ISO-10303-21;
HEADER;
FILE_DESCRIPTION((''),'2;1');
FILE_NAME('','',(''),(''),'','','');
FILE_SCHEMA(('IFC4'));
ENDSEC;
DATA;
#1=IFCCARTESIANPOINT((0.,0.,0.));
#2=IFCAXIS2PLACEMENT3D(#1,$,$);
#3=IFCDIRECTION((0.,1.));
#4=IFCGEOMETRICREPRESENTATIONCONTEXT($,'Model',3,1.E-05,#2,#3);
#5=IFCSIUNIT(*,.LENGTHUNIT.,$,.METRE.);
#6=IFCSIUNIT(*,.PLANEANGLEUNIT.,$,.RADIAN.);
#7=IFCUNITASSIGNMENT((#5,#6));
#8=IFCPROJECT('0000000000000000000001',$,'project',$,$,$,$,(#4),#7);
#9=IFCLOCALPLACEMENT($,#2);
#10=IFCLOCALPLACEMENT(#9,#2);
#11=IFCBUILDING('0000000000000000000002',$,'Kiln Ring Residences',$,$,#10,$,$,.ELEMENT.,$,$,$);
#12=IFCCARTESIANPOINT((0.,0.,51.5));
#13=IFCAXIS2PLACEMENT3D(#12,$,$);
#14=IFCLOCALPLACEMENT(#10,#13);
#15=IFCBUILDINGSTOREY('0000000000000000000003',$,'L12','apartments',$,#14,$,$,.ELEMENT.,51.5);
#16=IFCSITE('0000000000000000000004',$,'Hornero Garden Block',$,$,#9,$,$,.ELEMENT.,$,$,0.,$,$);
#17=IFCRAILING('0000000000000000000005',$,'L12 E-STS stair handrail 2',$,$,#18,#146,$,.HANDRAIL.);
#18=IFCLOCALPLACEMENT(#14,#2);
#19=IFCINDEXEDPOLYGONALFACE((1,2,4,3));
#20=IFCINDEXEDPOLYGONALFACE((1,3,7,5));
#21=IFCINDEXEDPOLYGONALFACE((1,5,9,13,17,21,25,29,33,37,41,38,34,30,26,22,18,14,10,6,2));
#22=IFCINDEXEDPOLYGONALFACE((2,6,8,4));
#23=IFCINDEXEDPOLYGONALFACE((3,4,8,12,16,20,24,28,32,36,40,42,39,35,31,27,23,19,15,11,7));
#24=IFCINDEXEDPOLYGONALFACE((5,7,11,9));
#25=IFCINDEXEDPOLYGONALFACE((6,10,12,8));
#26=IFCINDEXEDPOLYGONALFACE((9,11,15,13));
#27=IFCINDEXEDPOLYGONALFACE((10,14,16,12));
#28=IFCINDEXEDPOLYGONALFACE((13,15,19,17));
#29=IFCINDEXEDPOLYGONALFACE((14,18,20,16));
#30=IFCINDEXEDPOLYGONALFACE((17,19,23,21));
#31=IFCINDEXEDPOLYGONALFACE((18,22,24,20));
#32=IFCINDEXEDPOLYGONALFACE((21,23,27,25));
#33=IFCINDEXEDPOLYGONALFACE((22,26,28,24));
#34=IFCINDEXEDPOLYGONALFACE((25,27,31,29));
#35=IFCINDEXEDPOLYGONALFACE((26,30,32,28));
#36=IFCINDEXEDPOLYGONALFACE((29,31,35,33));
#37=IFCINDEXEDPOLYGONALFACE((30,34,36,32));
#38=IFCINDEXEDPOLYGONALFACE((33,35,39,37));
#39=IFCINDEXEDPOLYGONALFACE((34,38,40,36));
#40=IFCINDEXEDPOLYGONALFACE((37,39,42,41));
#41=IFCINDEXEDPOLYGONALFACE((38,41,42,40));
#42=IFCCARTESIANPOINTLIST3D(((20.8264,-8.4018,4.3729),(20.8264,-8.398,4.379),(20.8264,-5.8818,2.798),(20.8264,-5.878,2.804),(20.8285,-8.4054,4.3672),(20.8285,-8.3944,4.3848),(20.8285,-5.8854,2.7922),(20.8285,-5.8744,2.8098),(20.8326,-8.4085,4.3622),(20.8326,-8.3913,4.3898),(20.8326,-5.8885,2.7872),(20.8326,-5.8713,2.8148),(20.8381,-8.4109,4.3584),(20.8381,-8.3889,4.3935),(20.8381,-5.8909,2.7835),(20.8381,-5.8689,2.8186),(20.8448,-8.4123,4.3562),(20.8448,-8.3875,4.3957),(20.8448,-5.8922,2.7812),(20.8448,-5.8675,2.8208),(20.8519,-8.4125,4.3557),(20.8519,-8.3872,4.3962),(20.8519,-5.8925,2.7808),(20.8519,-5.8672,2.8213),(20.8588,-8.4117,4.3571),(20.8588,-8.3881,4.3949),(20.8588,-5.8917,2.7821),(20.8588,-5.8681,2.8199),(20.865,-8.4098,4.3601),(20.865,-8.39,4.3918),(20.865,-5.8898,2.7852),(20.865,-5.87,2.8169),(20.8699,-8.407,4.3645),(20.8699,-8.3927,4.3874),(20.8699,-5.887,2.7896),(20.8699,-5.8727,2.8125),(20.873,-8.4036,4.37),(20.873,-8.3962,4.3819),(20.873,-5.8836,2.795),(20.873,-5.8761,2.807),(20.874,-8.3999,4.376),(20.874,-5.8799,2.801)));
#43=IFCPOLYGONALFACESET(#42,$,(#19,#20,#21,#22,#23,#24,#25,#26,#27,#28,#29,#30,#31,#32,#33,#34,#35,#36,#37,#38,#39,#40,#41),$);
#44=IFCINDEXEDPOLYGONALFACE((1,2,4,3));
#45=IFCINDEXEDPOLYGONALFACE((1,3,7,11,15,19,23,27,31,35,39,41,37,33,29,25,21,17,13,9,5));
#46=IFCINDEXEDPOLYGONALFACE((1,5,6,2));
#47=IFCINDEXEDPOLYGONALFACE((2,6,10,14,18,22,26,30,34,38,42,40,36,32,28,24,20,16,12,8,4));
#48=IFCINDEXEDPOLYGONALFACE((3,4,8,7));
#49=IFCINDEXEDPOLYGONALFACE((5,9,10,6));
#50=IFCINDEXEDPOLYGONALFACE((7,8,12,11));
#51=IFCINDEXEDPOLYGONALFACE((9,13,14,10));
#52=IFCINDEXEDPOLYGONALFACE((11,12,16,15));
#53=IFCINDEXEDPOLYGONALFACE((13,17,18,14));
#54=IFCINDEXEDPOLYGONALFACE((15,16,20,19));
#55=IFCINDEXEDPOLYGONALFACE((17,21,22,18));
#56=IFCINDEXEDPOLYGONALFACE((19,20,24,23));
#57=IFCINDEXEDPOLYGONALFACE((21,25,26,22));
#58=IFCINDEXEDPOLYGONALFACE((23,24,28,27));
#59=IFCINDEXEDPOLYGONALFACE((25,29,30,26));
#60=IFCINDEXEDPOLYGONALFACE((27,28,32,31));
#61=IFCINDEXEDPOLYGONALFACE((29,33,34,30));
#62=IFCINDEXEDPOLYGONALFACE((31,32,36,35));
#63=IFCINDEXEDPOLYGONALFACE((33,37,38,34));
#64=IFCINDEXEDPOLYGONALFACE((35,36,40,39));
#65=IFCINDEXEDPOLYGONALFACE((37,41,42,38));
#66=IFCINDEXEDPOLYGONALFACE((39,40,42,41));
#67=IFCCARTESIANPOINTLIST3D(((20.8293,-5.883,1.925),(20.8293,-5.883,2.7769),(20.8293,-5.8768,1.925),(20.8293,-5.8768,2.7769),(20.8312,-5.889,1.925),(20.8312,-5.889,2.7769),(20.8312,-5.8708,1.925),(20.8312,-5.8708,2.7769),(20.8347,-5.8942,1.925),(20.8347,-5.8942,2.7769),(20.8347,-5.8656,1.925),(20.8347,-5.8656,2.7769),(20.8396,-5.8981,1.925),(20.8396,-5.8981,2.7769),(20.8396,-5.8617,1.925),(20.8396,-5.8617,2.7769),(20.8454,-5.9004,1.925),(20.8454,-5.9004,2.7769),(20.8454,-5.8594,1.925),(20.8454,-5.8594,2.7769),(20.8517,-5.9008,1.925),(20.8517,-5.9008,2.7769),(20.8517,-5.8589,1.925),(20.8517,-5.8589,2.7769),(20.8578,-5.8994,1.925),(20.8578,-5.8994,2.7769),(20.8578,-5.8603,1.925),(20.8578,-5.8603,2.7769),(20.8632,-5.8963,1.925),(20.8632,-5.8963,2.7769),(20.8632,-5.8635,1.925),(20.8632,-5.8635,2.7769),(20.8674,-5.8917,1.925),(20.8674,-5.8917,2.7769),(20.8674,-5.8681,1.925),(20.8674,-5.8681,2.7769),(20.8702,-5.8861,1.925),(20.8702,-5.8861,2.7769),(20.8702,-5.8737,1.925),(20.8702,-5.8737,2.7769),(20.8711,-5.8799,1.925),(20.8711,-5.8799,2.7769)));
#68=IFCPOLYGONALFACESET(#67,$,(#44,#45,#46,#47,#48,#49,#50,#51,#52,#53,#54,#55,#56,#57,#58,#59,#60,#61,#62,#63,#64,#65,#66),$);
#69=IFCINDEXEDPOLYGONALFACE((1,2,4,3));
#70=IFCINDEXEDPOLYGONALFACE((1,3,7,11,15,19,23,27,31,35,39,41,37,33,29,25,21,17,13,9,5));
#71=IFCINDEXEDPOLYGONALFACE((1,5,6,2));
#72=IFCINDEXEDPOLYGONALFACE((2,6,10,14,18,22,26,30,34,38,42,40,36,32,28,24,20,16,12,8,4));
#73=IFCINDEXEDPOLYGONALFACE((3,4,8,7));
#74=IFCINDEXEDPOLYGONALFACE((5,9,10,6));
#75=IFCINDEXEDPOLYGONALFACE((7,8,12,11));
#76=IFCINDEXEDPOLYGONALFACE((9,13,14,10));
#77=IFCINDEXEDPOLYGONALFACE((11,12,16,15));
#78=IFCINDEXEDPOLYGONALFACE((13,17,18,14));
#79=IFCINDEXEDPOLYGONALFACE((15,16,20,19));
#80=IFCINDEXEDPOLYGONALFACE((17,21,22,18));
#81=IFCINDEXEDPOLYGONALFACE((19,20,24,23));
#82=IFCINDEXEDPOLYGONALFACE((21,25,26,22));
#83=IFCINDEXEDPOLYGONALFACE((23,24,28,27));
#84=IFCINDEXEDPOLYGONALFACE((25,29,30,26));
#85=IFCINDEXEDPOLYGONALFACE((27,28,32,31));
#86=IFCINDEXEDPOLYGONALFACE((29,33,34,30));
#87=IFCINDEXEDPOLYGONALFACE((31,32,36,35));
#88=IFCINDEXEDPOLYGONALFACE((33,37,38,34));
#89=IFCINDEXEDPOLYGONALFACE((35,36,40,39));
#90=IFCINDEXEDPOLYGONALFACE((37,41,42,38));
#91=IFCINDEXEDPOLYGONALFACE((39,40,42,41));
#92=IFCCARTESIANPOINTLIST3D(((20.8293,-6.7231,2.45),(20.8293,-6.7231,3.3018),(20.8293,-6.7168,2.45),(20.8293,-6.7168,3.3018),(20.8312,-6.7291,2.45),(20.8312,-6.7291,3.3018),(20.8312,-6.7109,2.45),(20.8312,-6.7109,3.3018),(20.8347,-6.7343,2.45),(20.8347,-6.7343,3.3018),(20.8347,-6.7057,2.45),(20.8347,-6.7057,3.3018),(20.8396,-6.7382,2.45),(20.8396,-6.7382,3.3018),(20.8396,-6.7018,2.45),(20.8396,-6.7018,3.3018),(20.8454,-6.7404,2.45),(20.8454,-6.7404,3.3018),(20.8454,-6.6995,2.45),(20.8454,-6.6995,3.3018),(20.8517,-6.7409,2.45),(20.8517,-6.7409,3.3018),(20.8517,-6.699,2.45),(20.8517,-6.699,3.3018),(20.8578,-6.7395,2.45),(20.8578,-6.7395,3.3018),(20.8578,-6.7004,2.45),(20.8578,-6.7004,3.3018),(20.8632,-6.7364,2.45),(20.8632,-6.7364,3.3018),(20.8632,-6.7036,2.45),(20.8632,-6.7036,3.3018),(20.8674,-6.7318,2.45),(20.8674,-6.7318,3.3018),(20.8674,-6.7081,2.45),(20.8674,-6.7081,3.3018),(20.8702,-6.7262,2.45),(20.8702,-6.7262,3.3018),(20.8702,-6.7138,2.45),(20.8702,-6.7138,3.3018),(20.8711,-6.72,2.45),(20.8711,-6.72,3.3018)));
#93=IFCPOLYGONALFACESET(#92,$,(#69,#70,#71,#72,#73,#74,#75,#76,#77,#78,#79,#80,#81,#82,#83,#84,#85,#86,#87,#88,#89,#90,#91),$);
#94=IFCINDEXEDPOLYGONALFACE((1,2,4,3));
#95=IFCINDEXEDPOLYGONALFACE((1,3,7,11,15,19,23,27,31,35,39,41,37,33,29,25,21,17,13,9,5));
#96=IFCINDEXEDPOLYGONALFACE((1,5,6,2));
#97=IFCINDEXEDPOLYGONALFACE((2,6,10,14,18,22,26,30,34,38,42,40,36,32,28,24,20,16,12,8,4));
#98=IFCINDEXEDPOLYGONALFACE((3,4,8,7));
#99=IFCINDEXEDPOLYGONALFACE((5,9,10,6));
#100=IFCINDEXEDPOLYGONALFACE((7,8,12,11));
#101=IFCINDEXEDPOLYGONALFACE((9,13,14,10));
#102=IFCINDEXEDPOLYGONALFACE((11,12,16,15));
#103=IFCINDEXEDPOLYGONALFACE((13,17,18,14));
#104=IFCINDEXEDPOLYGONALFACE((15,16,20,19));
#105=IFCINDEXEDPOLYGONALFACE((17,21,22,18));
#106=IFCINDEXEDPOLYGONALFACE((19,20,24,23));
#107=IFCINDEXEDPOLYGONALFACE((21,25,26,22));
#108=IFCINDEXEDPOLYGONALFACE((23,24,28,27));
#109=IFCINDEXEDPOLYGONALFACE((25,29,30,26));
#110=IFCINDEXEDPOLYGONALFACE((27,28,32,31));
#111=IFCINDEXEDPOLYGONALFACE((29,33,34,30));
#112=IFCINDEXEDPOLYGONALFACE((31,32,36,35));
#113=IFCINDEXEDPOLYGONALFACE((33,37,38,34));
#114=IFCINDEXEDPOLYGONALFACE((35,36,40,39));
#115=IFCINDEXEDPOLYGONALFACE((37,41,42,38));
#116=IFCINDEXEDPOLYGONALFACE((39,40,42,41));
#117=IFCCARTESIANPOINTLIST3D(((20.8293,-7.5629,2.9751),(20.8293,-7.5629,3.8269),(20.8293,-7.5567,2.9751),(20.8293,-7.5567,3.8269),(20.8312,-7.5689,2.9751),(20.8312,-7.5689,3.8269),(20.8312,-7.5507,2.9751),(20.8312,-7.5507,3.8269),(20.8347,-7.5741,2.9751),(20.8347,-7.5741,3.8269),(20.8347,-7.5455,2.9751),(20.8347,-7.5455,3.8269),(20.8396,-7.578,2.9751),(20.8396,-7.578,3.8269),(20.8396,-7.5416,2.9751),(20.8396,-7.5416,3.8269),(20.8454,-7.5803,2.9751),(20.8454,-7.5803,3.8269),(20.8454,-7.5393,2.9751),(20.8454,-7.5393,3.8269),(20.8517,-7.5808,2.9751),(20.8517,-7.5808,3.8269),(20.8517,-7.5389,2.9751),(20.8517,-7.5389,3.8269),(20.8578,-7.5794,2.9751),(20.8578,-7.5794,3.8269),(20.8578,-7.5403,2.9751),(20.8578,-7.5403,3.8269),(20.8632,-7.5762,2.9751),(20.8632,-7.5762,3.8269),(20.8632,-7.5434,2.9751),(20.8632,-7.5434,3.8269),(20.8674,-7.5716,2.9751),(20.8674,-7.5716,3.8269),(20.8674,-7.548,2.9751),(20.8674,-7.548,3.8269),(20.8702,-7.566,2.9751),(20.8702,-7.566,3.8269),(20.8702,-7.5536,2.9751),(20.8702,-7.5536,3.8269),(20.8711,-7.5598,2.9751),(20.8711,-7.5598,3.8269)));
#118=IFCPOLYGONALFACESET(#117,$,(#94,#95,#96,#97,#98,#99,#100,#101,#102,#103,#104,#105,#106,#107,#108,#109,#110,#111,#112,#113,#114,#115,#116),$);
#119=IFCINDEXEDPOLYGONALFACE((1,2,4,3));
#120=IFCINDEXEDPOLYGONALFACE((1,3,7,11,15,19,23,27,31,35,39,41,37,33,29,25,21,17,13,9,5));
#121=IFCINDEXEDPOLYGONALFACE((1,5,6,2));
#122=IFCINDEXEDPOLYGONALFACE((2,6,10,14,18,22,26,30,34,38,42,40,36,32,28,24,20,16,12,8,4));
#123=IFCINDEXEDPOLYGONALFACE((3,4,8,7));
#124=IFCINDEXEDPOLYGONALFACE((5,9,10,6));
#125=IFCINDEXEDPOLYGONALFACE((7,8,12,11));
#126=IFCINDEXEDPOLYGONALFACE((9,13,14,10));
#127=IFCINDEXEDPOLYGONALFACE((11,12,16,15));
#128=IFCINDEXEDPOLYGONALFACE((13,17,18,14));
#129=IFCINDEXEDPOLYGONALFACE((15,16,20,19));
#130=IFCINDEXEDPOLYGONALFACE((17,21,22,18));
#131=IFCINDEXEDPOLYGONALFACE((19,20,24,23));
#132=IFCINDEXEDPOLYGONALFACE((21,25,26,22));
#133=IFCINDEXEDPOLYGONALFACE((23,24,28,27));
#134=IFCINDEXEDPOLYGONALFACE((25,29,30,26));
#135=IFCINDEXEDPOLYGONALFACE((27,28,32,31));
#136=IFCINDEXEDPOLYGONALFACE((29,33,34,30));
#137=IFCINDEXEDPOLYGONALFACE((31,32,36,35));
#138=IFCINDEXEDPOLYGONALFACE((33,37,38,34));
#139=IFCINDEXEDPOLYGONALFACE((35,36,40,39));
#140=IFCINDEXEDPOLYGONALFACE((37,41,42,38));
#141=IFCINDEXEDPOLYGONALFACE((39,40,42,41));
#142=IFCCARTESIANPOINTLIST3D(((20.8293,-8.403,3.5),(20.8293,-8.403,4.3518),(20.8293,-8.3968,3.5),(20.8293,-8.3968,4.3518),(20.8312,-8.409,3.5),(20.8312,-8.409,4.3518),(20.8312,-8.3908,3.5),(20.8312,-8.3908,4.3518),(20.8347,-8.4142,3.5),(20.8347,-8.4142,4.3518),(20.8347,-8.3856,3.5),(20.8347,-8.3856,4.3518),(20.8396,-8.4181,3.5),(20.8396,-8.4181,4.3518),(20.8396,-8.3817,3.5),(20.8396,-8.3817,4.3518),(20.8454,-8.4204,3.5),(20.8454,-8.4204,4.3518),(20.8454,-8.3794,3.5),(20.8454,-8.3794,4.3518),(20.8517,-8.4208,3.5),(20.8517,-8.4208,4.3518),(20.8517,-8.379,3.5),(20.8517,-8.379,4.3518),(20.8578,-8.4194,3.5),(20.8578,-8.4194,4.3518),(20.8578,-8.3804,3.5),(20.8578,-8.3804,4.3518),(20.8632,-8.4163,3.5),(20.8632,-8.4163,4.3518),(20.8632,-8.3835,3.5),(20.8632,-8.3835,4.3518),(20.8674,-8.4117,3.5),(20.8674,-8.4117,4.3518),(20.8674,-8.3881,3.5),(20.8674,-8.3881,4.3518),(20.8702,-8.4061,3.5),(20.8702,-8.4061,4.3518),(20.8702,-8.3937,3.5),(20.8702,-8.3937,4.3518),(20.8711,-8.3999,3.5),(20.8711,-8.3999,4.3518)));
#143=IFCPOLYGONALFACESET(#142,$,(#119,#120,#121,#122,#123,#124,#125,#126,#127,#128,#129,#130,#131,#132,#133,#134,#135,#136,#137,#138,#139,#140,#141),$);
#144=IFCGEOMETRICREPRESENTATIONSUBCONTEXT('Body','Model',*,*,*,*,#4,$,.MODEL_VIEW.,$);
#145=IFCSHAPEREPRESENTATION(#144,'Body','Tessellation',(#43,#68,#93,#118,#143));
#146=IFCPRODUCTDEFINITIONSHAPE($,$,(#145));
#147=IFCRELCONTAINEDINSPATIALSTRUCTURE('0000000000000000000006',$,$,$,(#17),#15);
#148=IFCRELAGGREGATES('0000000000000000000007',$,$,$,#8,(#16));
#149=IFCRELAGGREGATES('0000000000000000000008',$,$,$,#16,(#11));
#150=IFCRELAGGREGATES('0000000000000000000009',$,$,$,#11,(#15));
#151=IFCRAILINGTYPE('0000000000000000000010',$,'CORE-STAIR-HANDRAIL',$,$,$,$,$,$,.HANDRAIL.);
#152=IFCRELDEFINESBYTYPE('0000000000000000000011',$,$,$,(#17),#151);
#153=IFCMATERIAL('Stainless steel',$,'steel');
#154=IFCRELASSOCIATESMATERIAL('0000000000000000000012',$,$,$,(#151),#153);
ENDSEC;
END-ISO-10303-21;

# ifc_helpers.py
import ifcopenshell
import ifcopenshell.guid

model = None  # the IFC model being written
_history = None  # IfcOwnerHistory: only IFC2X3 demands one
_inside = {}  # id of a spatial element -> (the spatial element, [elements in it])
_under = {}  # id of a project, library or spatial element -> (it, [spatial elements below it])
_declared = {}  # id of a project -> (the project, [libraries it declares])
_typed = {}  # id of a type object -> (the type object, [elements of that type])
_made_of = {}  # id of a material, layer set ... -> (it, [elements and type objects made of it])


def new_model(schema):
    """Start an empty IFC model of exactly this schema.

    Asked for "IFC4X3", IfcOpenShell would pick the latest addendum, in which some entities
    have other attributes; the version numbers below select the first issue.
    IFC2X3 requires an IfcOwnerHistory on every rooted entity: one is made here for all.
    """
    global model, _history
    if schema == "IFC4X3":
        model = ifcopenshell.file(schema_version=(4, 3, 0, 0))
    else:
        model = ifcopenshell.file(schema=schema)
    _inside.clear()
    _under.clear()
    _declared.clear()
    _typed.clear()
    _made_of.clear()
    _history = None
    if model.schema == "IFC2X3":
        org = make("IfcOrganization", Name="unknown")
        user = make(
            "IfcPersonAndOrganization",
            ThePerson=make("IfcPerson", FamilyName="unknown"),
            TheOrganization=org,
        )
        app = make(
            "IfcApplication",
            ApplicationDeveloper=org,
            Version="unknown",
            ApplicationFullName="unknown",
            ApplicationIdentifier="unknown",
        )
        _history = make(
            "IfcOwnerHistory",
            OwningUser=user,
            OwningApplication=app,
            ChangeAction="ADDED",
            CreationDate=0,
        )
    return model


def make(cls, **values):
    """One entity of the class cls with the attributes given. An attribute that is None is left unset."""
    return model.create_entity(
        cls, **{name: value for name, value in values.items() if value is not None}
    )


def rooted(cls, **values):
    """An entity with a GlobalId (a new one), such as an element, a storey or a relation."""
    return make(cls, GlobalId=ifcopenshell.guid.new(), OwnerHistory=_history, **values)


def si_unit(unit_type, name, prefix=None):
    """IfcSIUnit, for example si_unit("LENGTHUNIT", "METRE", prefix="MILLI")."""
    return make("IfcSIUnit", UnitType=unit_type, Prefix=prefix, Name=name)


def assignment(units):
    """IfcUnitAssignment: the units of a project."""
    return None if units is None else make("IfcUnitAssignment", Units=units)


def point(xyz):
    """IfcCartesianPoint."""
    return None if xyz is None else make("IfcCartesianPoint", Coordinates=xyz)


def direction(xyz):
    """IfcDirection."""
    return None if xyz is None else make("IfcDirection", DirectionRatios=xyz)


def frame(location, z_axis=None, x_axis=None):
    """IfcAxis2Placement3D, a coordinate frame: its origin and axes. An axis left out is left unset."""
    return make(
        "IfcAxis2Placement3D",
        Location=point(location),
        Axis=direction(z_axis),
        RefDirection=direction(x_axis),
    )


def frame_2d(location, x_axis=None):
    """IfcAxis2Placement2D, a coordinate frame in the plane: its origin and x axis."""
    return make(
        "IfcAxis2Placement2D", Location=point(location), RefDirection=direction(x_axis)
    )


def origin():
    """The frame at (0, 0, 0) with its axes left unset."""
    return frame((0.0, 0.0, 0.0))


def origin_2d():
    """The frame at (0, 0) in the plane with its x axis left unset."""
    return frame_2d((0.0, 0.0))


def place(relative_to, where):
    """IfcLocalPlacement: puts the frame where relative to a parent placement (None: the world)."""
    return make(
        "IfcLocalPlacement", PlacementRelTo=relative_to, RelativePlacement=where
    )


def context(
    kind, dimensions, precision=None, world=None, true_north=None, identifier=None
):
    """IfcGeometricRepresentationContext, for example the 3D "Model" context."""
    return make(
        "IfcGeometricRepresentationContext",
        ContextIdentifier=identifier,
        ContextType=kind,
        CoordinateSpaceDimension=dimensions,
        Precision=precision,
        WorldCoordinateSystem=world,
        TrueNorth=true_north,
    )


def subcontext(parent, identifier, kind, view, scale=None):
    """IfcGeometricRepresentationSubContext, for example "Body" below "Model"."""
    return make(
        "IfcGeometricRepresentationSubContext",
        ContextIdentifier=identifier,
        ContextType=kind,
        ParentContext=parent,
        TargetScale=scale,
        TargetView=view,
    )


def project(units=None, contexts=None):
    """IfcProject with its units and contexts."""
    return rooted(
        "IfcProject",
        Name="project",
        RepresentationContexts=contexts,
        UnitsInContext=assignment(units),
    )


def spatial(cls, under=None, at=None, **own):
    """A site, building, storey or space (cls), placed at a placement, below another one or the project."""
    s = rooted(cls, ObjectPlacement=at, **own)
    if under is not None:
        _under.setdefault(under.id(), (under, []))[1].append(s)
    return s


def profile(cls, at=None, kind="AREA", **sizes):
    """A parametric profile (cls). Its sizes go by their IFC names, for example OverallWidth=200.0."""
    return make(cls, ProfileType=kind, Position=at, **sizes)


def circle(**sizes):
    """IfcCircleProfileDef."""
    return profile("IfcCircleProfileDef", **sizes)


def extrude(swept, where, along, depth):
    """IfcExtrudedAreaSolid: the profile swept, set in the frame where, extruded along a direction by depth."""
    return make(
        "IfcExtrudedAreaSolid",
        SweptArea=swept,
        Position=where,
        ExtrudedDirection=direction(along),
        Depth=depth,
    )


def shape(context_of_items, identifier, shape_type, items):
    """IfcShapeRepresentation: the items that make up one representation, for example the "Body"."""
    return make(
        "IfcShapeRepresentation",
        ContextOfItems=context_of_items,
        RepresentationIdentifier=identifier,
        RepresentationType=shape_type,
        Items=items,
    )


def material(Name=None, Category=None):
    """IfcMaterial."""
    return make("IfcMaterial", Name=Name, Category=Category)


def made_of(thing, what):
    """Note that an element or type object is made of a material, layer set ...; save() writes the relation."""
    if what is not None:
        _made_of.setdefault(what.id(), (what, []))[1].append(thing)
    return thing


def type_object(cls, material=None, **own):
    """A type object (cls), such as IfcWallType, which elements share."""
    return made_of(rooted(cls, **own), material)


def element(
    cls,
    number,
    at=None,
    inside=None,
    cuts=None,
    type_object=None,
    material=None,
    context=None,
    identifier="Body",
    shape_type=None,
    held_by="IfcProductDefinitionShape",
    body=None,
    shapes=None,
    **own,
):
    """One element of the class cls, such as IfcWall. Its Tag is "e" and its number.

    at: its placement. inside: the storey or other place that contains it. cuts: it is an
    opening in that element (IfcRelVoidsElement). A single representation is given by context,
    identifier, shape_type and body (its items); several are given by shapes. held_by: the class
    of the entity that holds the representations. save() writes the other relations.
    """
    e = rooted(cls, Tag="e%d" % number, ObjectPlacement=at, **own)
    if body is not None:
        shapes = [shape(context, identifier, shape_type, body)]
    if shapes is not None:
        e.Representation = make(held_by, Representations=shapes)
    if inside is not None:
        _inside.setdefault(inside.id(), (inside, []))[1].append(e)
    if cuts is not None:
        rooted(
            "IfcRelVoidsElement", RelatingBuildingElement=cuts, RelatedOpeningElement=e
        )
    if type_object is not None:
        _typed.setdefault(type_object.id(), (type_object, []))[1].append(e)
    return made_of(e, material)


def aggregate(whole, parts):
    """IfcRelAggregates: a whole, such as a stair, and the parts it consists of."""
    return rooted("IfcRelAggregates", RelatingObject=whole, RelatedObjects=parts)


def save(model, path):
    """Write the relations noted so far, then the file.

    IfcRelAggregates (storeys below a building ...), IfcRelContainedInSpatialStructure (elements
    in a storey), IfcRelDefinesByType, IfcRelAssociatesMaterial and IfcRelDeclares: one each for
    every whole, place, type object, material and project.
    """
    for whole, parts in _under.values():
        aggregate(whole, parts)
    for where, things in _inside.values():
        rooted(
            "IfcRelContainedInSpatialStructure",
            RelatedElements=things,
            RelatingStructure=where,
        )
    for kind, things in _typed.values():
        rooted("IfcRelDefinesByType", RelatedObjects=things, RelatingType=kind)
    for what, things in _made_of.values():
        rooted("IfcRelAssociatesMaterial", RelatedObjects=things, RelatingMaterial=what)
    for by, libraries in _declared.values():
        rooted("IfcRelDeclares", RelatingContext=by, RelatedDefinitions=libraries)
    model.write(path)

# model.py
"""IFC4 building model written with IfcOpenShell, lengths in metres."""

from ifc_helpers import new_model, si_unit, direction, frame, origin, origin_2d, place, context, subcontext, project, spatial, circle, extrude, material, type_object, element, save


model = new_model("IFC4")

# Units and contexts
model_context = context("Model", 3, precision=1e-05, world=origin(), true_north=direction((0.0, 1.0)))
body_context = subcontext(model_context, "Body", "Model", "MODEL_VIEW")
ifc_project = project(units=[si_unit("LENGTHUNIT", "METRE"), si_unit("PLANEANGLEUNIT", "RADIAN")], contexts=[model_context])

# Site, building, storey
site_placement = place(None, origin())
site = spatial("IfcSite", under=ifc_project, at=site_placement, Name="Hornero Garden Block", CompositionType="ELEMENT", RefElevation=0.0)
building_placement = place(site_placement, origin())
building = spatial("IfcBuilding", under=site, at=building_placement, Name="Kiln Ring Residences", CompositionType="ELEMENT")
storey_placement = place(building_placement, frame((0.0, 0.0, 51.5)))
storey = spatial("IfcBuildingStorey", under=building, at=storey_placement, Name="L12", Description="apartments", CompositionType="ELEMENT", Elevation=51.5)

# Railing
ifc_material_1 = material(Name="Stainless steel", Category="steel")
railing_type_1 = type_object("IfcRailingType", Name="CORE-STAIR-HANDRAIL", PredefinedType="HANDRAIL", material=ifc_material_1)
railing_1_placement = place(storey_placement, frame((20.8501, -5.8799, 1.925)))
element("IfcRailing", 1, at=railing_1_placement, inside=storey, type_object=railing_type_1, Name="L12 E-STS stair handrail 2", PredefinedType="HANDRAIL", context=body_context, shape_type="SweptSolid", body=[
    extrude(circle(Radius=0.0239, at=origin_2d()), frame((0.0, 0.0, 0.876), z_axis=(0.0, -0.848008, 0.529984), x_axis=(1.0, 0.0, 0.0)), (0.0, 0.0, 1.0), 2.9717),
    extrude(circle(Radius=0.021, at=origin_2d()), origin(), (0.0, 0.0, 1.0), 0.8518),
    extrude(circle(Radius=0.021, at=origin_2d()), frame((0.0, -0.8401, 0.5249)), (0.0, 0.0, 1.0), 0.8518),
    extrude(circle(Radius=0.021, at=origin_2d()), frame((0.0, -1.6799, 1.05)), (0.0, 0.0, 1.0), 0.8518),
    extrude(circle(Radius=0.021, at=origin_2d()), frame((0.0, -2.52, 1.575)), (0.0, 0.0, 1.0), 0.8518),
])

save(model, "model.ifc")
